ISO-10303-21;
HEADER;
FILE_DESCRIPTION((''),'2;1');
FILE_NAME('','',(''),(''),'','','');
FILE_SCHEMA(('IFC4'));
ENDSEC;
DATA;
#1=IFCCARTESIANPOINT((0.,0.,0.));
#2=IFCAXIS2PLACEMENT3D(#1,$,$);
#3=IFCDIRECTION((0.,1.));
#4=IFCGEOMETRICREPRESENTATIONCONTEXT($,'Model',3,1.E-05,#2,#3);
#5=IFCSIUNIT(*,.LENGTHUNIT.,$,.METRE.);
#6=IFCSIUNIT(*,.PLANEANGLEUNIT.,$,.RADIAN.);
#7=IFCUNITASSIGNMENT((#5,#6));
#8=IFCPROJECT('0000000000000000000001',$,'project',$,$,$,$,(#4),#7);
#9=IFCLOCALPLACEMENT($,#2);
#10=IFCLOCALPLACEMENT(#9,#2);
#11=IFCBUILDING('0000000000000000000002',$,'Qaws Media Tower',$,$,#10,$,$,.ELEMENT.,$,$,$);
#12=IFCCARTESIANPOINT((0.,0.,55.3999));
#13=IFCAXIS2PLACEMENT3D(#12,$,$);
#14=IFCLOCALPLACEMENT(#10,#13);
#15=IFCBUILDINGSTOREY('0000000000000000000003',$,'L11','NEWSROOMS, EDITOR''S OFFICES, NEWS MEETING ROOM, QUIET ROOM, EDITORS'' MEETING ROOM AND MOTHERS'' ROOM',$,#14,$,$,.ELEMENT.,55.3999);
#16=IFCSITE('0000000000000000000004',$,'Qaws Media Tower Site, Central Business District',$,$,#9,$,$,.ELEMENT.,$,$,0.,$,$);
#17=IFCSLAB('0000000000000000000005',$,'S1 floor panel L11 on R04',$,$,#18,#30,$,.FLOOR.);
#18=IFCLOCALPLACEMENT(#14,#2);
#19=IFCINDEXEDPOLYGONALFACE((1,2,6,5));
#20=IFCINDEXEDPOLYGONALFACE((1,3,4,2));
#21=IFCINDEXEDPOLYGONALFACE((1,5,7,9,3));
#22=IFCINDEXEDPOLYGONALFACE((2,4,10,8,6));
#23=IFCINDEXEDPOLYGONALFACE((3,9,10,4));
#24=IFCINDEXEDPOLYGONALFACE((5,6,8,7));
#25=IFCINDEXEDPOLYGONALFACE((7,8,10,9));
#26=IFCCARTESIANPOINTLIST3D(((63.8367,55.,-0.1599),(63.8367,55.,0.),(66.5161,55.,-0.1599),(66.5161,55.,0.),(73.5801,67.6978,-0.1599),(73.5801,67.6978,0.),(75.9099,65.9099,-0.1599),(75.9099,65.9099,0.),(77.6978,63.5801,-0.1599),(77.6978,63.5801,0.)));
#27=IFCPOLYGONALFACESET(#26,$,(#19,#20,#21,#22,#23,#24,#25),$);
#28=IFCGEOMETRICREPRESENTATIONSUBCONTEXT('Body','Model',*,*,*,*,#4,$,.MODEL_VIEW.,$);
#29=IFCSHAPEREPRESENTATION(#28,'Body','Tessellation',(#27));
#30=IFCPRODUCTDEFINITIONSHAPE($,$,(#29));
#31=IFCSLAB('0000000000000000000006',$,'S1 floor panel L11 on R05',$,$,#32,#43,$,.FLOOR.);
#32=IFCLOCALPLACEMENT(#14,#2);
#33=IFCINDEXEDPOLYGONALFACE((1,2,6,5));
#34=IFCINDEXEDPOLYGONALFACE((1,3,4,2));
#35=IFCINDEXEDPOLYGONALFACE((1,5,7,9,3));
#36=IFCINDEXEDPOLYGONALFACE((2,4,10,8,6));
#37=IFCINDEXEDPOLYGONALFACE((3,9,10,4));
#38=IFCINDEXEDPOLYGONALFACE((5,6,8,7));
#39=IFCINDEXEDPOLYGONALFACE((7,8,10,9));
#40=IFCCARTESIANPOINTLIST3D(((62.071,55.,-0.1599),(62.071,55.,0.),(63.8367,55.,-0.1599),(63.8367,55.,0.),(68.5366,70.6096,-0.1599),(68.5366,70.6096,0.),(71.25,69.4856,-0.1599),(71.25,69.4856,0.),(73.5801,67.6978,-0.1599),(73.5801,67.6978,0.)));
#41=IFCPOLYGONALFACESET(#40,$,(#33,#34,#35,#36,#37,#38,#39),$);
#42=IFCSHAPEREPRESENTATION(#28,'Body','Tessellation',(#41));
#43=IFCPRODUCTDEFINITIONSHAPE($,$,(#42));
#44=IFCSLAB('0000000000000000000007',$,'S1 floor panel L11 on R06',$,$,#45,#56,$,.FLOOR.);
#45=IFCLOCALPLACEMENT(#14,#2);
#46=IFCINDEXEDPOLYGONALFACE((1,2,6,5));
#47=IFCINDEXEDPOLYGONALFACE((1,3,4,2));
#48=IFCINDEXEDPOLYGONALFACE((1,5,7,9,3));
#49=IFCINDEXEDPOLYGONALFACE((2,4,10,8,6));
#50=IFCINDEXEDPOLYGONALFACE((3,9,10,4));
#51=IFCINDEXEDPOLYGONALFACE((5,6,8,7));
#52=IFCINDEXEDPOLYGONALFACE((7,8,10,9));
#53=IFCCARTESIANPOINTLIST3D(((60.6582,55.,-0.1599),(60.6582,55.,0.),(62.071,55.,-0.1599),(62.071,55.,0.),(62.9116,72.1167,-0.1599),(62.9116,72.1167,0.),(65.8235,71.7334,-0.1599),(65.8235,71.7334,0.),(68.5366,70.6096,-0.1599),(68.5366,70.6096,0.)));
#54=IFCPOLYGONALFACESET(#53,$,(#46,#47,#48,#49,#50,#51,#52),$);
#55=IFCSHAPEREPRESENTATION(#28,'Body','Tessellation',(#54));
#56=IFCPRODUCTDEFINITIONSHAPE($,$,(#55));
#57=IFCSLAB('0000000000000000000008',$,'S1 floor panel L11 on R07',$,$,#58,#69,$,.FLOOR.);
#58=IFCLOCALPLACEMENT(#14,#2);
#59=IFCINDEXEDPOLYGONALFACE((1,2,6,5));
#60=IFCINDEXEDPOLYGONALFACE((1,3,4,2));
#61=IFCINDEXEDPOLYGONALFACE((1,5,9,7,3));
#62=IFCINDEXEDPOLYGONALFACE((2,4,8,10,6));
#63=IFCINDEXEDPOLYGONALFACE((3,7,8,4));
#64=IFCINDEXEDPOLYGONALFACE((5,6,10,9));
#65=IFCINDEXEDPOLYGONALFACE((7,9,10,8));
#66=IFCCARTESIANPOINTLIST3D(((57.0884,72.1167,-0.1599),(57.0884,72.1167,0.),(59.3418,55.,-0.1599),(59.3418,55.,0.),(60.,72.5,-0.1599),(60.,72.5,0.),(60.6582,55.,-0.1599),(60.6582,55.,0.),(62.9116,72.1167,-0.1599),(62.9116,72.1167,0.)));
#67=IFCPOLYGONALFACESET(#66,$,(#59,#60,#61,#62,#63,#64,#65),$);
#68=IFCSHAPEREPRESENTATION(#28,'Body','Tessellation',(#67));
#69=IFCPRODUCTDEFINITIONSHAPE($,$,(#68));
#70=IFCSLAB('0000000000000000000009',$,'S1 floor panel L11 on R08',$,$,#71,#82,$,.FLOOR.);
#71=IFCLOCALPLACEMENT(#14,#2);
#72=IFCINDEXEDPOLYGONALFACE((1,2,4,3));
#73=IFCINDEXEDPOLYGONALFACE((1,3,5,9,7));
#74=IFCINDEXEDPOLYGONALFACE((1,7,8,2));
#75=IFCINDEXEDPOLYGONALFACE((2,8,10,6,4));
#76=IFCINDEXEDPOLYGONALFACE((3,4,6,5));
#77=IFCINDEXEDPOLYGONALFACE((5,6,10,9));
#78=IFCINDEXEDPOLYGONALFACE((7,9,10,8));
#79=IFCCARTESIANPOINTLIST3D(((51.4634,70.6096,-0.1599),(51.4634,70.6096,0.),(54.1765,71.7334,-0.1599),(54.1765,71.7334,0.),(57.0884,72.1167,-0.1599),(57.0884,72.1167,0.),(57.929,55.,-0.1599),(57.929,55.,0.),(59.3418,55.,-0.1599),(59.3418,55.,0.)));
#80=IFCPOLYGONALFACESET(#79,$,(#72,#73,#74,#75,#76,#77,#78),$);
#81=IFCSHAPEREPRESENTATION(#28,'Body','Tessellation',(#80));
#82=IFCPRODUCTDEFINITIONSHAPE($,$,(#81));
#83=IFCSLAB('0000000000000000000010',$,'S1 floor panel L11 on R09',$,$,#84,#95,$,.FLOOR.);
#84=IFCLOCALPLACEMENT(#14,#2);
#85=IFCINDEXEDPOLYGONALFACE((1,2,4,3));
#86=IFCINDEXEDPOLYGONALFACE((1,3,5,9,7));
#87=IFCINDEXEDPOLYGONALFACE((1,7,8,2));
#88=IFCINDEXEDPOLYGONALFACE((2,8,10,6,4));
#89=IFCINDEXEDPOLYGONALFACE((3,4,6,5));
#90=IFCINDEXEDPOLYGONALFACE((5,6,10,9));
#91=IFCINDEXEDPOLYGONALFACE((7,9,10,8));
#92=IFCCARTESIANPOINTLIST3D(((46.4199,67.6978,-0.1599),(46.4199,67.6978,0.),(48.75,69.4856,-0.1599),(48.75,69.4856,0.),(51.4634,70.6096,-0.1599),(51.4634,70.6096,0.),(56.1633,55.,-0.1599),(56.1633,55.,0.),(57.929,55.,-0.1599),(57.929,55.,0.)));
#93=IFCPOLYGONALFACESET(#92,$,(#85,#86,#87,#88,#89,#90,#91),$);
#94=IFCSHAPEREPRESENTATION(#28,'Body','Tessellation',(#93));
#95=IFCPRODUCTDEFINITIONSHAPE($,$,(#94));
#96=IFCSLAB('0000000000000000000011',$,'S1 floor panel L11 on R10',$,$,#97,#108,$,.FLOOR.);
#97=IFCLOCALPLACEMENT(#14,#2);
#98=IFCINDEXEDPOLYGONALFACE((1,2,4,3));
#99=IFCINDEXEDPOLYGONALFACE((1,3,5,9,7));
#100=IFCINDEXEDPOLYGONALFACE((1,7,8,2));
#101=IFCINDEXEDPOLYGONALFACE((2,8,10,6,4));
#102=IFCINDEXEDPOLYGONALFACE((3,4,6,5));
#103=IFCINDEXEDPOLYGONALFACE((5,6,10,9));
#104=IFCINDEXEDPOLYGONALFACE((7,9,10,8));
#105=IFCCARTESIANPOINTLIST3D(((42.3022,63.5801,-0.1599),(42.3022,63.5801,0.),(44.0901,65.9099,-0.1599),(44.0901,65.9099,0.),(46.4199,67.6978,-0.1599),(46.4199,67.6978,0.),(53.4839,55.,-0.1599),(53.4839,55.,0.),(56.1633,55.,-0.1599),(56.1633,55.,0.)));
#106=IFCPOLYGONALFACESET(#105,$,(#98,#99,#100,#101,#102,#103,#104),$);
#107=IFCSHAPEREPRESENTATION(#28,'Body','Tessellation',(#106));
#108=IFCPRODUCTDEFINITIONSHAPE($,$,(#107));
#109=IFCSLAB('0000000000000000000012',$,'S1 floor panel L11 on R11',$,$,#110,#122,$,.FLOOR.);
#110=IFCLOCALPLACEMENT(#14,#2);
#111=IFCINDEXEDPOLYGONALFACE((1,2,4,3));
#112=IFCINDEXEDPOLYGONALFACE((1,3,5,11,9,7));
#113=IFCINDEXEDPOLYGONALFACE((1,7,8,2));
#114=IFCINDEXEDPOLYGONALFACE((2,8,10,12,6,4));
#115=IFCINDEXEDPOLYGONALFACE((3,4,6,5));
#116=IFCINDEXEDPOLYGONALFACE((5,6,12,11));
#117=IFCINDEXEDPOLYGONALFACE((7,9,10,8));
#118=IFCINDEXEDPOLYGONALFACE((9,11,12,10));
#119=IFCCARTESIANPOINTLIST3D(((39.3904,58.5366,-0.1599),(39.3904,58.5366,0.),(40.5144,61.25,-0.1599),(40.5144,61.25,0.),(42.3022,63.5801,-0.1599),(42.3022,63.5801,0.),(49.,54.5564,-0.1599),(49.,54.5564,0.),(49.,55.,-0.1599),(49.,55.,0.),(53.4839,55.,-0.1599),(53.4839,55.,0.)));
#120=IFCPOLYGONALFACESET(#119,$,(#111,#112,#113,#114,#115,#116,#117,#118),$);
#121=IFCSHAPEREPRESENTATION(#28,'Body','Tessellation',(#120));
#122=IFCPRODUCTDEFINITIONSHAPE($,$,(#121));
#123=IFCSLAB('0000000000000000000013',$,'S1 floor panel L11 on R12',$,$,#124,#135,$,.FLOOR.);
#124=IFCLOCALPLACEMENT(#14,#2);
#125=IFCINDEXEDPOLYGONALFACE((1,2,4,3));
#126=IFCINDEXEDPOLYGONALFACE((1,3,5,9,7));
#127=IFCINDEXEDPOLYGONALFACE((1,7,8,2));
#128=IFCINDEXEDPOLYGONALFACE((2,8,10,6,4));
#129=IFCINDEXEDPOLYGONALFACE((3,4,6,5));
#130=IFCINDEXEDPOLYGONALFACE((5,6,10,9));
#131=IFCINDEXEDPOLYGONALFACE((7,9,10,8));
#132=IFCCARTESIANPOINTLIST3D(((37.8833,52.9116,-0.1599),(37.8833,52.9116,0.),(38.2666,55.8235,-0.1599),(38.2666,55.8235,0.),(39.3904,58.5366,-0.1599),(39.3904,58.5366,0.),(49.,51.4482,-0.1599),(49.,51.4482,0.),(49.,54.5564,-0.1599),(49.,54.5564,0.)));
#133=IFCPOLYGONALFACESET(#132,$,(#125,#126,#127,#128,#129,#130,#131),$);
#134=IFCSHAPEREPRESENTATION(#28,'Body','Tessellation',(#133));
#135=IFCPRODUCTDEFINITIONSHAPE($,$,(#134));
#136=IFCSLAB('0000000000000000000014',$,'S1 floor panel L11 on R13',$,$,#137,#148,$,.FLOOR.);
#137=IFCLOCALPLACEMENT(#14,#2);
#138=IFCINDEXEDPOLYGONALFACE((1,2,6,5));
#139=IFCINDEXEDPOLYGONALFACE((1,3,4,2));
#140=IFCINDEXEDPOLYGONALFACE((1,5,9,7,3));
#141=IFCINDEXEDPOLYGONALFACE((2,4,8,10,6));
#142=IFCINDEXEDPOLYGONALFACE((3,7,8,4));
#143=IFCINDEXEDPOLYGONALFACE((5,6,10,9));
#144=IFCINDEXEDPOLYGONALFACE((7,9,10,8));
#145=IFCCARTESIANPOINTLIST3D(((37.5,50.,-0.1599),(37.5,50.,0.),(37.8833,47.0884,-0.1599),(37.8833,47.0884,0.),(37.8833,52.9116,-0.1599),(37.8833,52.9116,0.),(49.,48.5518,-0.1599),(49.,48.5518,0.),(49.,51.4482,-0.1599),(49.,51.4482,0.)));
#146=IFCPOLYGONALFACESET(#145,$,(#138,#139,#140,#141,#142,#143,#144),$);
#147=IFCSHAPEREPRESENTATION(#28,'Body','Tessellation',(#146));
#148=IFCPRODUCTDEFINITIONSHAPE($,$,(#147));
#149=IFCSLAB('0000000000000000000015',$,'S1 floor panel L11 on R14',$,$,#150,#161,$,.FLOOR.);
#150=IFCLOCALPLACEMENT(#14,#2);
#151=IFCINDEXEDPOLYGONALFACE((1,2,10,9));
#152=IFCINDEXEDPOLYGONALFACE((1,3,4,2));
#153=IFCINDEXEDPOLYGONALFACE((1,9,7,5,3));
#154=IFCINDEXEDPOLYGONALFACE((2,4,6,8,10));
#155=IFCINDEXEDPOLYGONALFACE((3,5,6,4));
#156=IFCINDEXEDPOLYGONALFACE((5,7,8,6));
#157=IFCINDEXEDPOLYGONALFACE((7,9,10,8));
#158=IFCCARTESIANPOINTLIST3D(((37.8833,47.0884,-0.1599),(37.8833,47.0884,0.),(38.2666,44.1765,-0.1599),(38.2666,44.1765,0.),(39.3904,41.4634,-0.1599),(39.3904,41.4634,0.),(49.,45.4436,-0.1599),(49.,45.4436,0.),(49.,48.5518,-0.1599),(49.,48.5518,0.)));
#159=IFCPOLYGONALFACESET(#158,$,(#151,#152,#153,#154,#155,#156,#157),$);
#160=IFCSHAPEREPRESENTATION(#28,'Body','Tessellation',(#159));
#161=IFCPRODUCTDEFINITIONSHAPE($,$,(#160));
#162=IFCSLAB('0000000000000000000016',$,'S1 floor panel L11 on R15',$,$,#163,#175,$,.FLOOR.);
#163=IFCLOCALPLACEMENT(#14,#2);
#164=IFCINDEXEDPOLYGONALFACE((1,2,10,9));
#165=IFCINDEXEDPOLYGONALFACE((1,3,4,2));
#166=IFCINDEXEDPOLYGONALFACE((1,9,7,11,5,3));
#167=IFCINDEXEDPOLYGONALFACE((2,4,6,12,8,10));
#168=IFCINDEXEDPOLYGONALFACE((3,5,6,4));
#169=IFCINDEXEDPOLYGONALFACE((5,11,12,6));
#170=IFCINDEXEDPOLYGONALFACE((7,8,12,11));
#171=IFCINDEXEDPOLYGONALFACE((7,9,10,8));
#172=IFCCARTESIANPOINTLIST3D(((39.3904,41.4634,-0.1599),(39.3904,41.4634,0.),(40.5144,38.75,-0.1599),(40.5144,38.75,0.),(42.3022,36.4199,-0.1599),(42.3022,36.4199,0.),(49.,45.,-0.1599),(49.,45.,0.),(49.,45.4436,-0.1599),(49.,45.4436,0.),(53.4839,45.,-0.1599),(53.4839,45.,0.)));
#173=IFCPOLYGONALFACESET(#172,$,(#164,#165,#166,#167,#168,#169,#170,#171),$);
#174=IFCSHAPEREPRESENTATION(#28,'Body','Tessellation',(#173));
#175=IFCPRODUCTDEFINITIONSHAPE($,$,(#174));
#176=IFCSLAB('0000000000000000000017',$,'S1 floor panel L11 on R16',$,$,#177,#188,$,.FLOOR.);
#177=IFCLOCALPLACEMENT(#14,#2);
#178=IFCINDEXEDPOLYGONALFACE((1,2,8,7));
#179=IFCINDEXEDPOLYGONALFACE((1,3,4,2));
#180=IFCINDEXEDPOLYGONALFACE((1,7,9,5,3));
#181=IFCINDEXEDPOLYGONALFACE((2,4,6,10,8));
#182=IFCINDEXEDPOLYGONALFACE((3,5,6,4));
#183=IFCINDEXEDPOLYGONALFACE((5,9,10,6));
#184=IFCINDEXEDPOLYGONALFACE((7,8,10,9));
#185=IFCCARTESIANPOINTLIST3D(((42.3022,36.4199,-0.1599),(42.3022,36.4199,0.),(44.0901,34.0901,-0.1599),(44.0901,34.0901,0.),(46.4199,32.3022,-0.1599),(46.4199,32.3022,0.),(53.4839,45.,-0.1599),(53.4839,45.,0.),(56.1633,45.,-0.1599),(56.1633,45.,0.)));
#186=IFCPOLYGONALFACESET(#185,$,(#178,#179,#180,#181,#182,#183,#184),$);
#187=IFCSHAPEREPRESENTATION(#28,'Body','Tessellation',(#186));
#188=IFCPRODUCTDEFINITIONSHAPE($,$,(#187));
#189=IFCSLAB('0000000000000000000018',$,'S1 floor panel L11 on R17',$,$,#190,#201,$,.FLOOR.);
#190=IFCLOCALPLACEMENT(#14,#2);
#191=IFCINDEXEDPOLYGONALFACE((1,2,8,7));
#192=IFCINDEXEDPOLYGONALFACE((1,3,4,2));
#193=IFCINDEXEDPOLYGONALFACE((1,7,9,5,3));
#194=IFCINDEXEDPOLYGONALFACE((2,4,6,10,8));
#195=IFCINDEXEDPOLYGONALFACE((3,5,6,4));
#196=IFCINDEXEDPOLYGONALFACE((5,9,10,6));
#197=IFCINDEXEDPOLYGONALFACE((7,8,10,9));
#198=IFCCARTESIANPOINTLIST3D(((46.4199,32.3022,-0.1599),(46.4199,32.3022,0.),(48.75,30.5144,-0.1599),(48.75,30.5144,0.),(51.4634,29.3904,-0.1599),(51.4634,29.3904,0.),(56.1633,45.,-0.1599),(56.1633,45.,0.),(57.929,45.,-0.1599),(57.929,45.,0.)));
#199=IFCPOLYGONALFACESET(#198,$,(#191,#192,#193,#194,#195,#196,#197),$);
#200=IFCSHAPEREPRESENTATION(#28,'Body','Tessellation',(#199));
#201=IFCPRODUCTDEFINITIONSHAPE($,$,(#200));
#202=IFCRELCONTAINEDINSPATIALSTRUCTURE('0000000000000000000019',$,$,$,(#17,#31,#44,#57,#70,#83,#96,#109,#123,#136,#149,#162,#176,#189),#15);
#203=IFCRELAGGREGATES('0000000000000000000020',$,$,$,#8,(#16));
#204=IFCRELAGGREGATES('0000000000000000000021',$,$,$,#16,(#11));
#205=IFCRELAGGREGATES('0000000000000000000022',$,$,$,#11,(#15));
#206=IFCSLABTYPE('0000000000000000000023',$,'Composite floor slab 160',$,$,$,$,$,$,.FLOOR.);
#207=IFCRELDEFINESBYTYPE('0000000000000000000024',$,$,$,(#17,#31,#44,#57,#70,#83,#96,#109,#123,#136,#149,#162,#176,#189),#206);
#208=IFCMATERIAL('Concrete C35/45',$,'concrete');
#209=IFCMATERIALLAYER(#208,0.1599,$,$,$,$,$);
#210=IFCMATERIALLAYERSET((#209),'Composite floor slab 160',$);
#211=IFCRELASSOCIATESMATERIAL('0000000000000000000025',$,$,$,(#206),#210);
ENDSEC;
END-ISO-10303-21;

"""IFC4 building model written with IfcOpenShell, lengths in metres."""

from ifc_helpers import new_model, si_unit, direction, frame, origin, place, context, subcontext, project, spatial, polyline, outline, extrude, material, layer, layer_set, type_object, element, save


model = new_model("IFC4")

# Units and contexts
model_context = context("Model", 3, precision=1e-05, world=origin(), true_north=direction((0.0, 1.0)))
body_context = subcontext(model_context, "Body", "Model", "MODEL_VIEW")
ifc_project = project(units=[si_unit("LENGTHUNIT", "METRE"), si_unit("PLANEANGLEUNIT", "RADIAN")], contexts=[model_context])

# Site, building, storey
site_placement = place(None, origin())
site = spatial("IfcSite", under=ifc_project, at=site_placement, Name="Qaws Media Tower Site, Central Business District", CompositionType="ELEMENT", RefElevation=0.0)
building_placement = place(site_placement, origin())
building = spatial("IfcBuilding", under=site, at=building_placement, Name="Qaws Media Tower", CompositionType="ELEMENT")
storey_placement = place(building_placement, frame((0.0, 0.0, 55.3999)))
storey = spatial("IfcBuildingStorey", under=building, at=storey_placement, Name="L11", Description="NEWSROOMS, EDITOR'S OFFICES, NEWS MEETING ROOM, QUIET ROOM, EDITORS' MEETING ROOM AND MOTHERS' ROOM", CompositionType="ELEMENT", Elevation=55.3999)

# Slabs
ifc_material_1 = material(Name="Concrete C35/45", Category="concrete")
ifc_layer_1 = layer(ifc_material_1, 0.1599)
ifc_layer_set_1 = layer_set([ifc_layer_1], Name="Composite floor slab 160")
slab_type_1 = type_object("IfcSlabType", Name="Composite floor slab 160", PredefinedType="FLOOR", material=ifc_layer_set_1)
slab_1_placement = place(storey_placement, frame((0.0, 0.0, -0.1599)))
element("IfcSlab", 1, at=slab_1_placement, inside=storey, type_object=slab_type_1, Name="S1 floor panel L11 on R04", PredefinedType="FLOOR", context=body_context, shape_type="SweptSolid", body=[
    extrude(outline(polyline([(75.9099, 65.9099), (77.6978, 63.5801), (66.5161, 55.0), (63.8367, 55.0), (73.5801, 67.6978), (75.9099, 65.9099)])), origin(), (0.0, 0.0, 1.0), 0.1599),
])
slab_2_placement = place(storey_placement, frame((0.0, 0.0, -0.1599)))
element("IfcSlab", 2, at=slab_2_placement, inside=storey, type_object=slab_type_1, Name="S1 floor panel L11 on R05", PredefinedType="FLOOR", context=body_context, shape_type="SweptSolid", body=[
    extrude(outline(polyline([(71.25, 69.4856), (73.5801, 67.6978), (63.8367, 55.0), (62.071, 55.0), (68.5366, 70.6096), (71.25, 69.4856)])), origin(), (0.0, 0.0, 1.0), 0.1599),
])
slab_3_placement = place(storey_placement, frame((0.0, 0.0, -0.1599)))
element("IfcSlab", 3, at=slab_3_placement, inside=storey, type_object=slab_type_1, Name="S1 floor panel L11 on R06", PredefinedType="FLOOR", context=body_context, shape_type="SweptSolid", body=[
    extrude(outline(polyline([(65.8235, 71.7334), (68.5366, 70.6096), (62.071, 55.0), (60.6582, 55.0), (62.9116, 72.1167), (65.8235, 71.7334)])), origin(), (0.0, 0.0, 1.0), 0.1599),
])
slab_4_placement = place(storey_placement, frame((0.0, 0.0, -0.1599)))
element("IfcSlab", 4, at=slab_4_placement, inside=storey, type_object=slab_type_1, Name="S1 floor panel L11 on R07", PredefinedType="FLOOR", context=body_context, shape_type="SweptSolid", body=[
    extrude(outline(polyline([(60.0, 72.5), (62.9116, 72.1167), (60.6582, 55.0), (59.3418, 55.0), (57.0884, 72.1167), (60.0, 72.5)])), origin(), (0.0, 0.0, 1.0), 0.1599),
])
slab_5_placement = place(storey_placement, frame((0.0, 0.0, -0.1599)))
element("IfcSlab", 5, at=slab_5_placement, inside=storey, type_object=slab_type_1, Name="S1 floor panel L11 on R08", PredefinedType="FLOOR", context=body_context, shape_type="SweptSolid", body=[
    extrude(outline(polyline([(54.1765, 71.7334), (57.0884, 72.1167), (59.3418, 55.0), (57.929, 55.0), (51.4634, 70.6096), (54.1765, 71.7334)])), origin(), (0.0, 0.0, 1.0), 0.1599),
])
slab_6_placement = place(storey_placement, frame((0.0, 0.0, -0.1599)))
element("IfcSlab", 6, at=slab_6_placement, inside=storey, type_object=slab_type_1, Name="S1 floor panel L11 on R09", PredefinedType="FLOOR", context=body_context, shape_type="SweptSolid", body=[
    extrude(outline(polyline([(48.75, 69.4856), (51.4634, 70.6096), (57.929, 55.0), (56.1633, 55.0), (46.4199, 67.6978), (48.75, 69.4856)])), origin(), (0.0, 0.0, 1.0), 0.1599),
])
slab_7_placement = place(storey_placement, frame((0.0, 0.0, -0.1599)))
element("IfcSlab", 7, at=slab_7_placement, inside=storey, type_object=slab_type_1, Name="S1 floor panel L11 on R10", PredefinedType="FLOOR", context=body_context, shape_type="SweptSolid", body=[
    extrude(outline(polyline([(44.0901, 65.9099), (46.4199, 67.6978), (56.1633, 55.0), (53.4839, 55.0), (42.3022, 63.5801), (44.0901, 65.9099)])), origin(), (0.0, 0.0, 1.0), 0.1599),
])
slab_8_placement = place(storey_placement, frame((0.0, 0.0, -0.1599)))
element("IfcSlab", 8, at=slab_8_placement, inside=storey, type_object=slab_type_1, Name="S1 floor panel L11 on R11", PredefinedType="FLOOR", context=body_context, shape_type="SweptSolid", body=[
    extrude(outline(polyline([(40.5144, 61.25), (42.3022, 63.5801), (53.4839, 55.0), (49.0, 55.0), (49.0, 54.5564), (39.3904, 58.5366), (40.5144, 61.25)])), origin(), (0.0, 0.0, 1.0), 0.1599),
])
slab_9_placement = place(storey_placement, frame((0.0, 0.0, -0.1599)))
element("IfcSlab", 9, at=slab_9_placement, inside=storey, type_object=slab_type_1, Name="S1 floor panel L11 on R12", PredefinedType="FLOOR", context=body_context, shape_type="SweptSolid", body=[
    extrude(outline(polyline([(38.2666, 55.8235), (39.3904, 58.5366), (49.0, 54.5564), (49.0, 51.4482), (37.8833, 52.9116), (38.2666, 55.8235)])), origin(), (0.0, 0.0, 1.0), 0.1599),
])
slab_10_placement = place(storey_placement, frame((0.0, 0.0, -0.1599)))
element("IfcSlab", 10, at=slab_10_placement, inside=storey, type_object=slab_type_1, Name="S1 floor panel L11 on R13", PredefinedType="FLOOR", context=body_context, shape_type="SweptSolid", body=[
    extrude(outline(polyline([(37.5, 50.0), (37.8833, 52.9116), (49.0, 51.4482), (49.0, 48.5518), (37.8833, 47.0884), (37.5, 50.0)])), origin(), (0.0, 0.0, 1.0), 0.1599),
])
slab_11_placement = place(storey_placement, frame((0.0, 0.0, -0.1599)))
element("IfcSlab", 11, at=slab_11_placement, inside=storey, type_object=slab_type_1, Name="S1 floor panel L11 on R14", PredefinedType="FLOOR", context=body_context, shape_type="SweptSolid", body=[
    extrude(outline(polyline([(38.2666, 44.1765), (37.8833, 47.0884), (49.0, 48.5518), (49.0, 45.4436), (39.3904, 41.4634), (38.2666, 44.1765)])), origin(), (0.0, 0.0, 1.0), 0.1599),
])
slab_12_placement = place(storey_placement, frame((0.0, 0.0, -0.1599)))
element("IfcSlab", 12, at=slab_12_placement, inside=storey, type_object=slab_type_1, Name="S1 floor panel L11 on R15", PredefinedType="FLOOR", context=body_context, shape_type="SweptSolid", body=[
    extrude(outline(polyline([(40.5144, 38.75), (39.3904, 41.4634), (49.0, 45.4436), (49.0, 45.0), (53.4839, 45.0), (42.3022, 36.4199), (40.5144, 38.75)])), origin(), (0.0, 0.0, 1.0), 0.1599),
])
slab_13_placement = place(storey_placement, frame((0.0, 0.0, -0.1599)))
element("IfcSlab", 13, at=slab_13_placement, inside=storey, type_object=slab_type_1, Name="S1 floor panel L11 on R16", PredefinedType="FLOOR", context=body_context, shape_type="SweptSolid", body=[
    extrude(outline(polyline([(44.0901, 34.0901), (42.3022, 36.4199), (53.4839, 45.0), (56.1633, 45.0), (46.4199, 32.3022), (44.0901, 34.0901)])), origin(), (0.0, 0.0, 1.0), 0.1599),
])
slab_14_placement = place(storey_placement, frame((0.0, 0.0, -0.1599)))
element("IfcSlab", 14, at=slab_14_placement, inside=storey, type_object=slab_type_1, Name="S1 floor panel L11 on R17", PredefinedType="FLOOR", context=body_context, shape_type="SweptSolid", body=[
    extrude(outline(polyline([(48.75, 30.5144), (46.4199, 32.3022), (56.1633, 45.0), (57.929, 45.0), (51.4634, 29.3904), (48.75, 30.5144)])), origin(), (0.0, 0.0, 1.0), 0.1599),
])

save(model, "model.ifc")
